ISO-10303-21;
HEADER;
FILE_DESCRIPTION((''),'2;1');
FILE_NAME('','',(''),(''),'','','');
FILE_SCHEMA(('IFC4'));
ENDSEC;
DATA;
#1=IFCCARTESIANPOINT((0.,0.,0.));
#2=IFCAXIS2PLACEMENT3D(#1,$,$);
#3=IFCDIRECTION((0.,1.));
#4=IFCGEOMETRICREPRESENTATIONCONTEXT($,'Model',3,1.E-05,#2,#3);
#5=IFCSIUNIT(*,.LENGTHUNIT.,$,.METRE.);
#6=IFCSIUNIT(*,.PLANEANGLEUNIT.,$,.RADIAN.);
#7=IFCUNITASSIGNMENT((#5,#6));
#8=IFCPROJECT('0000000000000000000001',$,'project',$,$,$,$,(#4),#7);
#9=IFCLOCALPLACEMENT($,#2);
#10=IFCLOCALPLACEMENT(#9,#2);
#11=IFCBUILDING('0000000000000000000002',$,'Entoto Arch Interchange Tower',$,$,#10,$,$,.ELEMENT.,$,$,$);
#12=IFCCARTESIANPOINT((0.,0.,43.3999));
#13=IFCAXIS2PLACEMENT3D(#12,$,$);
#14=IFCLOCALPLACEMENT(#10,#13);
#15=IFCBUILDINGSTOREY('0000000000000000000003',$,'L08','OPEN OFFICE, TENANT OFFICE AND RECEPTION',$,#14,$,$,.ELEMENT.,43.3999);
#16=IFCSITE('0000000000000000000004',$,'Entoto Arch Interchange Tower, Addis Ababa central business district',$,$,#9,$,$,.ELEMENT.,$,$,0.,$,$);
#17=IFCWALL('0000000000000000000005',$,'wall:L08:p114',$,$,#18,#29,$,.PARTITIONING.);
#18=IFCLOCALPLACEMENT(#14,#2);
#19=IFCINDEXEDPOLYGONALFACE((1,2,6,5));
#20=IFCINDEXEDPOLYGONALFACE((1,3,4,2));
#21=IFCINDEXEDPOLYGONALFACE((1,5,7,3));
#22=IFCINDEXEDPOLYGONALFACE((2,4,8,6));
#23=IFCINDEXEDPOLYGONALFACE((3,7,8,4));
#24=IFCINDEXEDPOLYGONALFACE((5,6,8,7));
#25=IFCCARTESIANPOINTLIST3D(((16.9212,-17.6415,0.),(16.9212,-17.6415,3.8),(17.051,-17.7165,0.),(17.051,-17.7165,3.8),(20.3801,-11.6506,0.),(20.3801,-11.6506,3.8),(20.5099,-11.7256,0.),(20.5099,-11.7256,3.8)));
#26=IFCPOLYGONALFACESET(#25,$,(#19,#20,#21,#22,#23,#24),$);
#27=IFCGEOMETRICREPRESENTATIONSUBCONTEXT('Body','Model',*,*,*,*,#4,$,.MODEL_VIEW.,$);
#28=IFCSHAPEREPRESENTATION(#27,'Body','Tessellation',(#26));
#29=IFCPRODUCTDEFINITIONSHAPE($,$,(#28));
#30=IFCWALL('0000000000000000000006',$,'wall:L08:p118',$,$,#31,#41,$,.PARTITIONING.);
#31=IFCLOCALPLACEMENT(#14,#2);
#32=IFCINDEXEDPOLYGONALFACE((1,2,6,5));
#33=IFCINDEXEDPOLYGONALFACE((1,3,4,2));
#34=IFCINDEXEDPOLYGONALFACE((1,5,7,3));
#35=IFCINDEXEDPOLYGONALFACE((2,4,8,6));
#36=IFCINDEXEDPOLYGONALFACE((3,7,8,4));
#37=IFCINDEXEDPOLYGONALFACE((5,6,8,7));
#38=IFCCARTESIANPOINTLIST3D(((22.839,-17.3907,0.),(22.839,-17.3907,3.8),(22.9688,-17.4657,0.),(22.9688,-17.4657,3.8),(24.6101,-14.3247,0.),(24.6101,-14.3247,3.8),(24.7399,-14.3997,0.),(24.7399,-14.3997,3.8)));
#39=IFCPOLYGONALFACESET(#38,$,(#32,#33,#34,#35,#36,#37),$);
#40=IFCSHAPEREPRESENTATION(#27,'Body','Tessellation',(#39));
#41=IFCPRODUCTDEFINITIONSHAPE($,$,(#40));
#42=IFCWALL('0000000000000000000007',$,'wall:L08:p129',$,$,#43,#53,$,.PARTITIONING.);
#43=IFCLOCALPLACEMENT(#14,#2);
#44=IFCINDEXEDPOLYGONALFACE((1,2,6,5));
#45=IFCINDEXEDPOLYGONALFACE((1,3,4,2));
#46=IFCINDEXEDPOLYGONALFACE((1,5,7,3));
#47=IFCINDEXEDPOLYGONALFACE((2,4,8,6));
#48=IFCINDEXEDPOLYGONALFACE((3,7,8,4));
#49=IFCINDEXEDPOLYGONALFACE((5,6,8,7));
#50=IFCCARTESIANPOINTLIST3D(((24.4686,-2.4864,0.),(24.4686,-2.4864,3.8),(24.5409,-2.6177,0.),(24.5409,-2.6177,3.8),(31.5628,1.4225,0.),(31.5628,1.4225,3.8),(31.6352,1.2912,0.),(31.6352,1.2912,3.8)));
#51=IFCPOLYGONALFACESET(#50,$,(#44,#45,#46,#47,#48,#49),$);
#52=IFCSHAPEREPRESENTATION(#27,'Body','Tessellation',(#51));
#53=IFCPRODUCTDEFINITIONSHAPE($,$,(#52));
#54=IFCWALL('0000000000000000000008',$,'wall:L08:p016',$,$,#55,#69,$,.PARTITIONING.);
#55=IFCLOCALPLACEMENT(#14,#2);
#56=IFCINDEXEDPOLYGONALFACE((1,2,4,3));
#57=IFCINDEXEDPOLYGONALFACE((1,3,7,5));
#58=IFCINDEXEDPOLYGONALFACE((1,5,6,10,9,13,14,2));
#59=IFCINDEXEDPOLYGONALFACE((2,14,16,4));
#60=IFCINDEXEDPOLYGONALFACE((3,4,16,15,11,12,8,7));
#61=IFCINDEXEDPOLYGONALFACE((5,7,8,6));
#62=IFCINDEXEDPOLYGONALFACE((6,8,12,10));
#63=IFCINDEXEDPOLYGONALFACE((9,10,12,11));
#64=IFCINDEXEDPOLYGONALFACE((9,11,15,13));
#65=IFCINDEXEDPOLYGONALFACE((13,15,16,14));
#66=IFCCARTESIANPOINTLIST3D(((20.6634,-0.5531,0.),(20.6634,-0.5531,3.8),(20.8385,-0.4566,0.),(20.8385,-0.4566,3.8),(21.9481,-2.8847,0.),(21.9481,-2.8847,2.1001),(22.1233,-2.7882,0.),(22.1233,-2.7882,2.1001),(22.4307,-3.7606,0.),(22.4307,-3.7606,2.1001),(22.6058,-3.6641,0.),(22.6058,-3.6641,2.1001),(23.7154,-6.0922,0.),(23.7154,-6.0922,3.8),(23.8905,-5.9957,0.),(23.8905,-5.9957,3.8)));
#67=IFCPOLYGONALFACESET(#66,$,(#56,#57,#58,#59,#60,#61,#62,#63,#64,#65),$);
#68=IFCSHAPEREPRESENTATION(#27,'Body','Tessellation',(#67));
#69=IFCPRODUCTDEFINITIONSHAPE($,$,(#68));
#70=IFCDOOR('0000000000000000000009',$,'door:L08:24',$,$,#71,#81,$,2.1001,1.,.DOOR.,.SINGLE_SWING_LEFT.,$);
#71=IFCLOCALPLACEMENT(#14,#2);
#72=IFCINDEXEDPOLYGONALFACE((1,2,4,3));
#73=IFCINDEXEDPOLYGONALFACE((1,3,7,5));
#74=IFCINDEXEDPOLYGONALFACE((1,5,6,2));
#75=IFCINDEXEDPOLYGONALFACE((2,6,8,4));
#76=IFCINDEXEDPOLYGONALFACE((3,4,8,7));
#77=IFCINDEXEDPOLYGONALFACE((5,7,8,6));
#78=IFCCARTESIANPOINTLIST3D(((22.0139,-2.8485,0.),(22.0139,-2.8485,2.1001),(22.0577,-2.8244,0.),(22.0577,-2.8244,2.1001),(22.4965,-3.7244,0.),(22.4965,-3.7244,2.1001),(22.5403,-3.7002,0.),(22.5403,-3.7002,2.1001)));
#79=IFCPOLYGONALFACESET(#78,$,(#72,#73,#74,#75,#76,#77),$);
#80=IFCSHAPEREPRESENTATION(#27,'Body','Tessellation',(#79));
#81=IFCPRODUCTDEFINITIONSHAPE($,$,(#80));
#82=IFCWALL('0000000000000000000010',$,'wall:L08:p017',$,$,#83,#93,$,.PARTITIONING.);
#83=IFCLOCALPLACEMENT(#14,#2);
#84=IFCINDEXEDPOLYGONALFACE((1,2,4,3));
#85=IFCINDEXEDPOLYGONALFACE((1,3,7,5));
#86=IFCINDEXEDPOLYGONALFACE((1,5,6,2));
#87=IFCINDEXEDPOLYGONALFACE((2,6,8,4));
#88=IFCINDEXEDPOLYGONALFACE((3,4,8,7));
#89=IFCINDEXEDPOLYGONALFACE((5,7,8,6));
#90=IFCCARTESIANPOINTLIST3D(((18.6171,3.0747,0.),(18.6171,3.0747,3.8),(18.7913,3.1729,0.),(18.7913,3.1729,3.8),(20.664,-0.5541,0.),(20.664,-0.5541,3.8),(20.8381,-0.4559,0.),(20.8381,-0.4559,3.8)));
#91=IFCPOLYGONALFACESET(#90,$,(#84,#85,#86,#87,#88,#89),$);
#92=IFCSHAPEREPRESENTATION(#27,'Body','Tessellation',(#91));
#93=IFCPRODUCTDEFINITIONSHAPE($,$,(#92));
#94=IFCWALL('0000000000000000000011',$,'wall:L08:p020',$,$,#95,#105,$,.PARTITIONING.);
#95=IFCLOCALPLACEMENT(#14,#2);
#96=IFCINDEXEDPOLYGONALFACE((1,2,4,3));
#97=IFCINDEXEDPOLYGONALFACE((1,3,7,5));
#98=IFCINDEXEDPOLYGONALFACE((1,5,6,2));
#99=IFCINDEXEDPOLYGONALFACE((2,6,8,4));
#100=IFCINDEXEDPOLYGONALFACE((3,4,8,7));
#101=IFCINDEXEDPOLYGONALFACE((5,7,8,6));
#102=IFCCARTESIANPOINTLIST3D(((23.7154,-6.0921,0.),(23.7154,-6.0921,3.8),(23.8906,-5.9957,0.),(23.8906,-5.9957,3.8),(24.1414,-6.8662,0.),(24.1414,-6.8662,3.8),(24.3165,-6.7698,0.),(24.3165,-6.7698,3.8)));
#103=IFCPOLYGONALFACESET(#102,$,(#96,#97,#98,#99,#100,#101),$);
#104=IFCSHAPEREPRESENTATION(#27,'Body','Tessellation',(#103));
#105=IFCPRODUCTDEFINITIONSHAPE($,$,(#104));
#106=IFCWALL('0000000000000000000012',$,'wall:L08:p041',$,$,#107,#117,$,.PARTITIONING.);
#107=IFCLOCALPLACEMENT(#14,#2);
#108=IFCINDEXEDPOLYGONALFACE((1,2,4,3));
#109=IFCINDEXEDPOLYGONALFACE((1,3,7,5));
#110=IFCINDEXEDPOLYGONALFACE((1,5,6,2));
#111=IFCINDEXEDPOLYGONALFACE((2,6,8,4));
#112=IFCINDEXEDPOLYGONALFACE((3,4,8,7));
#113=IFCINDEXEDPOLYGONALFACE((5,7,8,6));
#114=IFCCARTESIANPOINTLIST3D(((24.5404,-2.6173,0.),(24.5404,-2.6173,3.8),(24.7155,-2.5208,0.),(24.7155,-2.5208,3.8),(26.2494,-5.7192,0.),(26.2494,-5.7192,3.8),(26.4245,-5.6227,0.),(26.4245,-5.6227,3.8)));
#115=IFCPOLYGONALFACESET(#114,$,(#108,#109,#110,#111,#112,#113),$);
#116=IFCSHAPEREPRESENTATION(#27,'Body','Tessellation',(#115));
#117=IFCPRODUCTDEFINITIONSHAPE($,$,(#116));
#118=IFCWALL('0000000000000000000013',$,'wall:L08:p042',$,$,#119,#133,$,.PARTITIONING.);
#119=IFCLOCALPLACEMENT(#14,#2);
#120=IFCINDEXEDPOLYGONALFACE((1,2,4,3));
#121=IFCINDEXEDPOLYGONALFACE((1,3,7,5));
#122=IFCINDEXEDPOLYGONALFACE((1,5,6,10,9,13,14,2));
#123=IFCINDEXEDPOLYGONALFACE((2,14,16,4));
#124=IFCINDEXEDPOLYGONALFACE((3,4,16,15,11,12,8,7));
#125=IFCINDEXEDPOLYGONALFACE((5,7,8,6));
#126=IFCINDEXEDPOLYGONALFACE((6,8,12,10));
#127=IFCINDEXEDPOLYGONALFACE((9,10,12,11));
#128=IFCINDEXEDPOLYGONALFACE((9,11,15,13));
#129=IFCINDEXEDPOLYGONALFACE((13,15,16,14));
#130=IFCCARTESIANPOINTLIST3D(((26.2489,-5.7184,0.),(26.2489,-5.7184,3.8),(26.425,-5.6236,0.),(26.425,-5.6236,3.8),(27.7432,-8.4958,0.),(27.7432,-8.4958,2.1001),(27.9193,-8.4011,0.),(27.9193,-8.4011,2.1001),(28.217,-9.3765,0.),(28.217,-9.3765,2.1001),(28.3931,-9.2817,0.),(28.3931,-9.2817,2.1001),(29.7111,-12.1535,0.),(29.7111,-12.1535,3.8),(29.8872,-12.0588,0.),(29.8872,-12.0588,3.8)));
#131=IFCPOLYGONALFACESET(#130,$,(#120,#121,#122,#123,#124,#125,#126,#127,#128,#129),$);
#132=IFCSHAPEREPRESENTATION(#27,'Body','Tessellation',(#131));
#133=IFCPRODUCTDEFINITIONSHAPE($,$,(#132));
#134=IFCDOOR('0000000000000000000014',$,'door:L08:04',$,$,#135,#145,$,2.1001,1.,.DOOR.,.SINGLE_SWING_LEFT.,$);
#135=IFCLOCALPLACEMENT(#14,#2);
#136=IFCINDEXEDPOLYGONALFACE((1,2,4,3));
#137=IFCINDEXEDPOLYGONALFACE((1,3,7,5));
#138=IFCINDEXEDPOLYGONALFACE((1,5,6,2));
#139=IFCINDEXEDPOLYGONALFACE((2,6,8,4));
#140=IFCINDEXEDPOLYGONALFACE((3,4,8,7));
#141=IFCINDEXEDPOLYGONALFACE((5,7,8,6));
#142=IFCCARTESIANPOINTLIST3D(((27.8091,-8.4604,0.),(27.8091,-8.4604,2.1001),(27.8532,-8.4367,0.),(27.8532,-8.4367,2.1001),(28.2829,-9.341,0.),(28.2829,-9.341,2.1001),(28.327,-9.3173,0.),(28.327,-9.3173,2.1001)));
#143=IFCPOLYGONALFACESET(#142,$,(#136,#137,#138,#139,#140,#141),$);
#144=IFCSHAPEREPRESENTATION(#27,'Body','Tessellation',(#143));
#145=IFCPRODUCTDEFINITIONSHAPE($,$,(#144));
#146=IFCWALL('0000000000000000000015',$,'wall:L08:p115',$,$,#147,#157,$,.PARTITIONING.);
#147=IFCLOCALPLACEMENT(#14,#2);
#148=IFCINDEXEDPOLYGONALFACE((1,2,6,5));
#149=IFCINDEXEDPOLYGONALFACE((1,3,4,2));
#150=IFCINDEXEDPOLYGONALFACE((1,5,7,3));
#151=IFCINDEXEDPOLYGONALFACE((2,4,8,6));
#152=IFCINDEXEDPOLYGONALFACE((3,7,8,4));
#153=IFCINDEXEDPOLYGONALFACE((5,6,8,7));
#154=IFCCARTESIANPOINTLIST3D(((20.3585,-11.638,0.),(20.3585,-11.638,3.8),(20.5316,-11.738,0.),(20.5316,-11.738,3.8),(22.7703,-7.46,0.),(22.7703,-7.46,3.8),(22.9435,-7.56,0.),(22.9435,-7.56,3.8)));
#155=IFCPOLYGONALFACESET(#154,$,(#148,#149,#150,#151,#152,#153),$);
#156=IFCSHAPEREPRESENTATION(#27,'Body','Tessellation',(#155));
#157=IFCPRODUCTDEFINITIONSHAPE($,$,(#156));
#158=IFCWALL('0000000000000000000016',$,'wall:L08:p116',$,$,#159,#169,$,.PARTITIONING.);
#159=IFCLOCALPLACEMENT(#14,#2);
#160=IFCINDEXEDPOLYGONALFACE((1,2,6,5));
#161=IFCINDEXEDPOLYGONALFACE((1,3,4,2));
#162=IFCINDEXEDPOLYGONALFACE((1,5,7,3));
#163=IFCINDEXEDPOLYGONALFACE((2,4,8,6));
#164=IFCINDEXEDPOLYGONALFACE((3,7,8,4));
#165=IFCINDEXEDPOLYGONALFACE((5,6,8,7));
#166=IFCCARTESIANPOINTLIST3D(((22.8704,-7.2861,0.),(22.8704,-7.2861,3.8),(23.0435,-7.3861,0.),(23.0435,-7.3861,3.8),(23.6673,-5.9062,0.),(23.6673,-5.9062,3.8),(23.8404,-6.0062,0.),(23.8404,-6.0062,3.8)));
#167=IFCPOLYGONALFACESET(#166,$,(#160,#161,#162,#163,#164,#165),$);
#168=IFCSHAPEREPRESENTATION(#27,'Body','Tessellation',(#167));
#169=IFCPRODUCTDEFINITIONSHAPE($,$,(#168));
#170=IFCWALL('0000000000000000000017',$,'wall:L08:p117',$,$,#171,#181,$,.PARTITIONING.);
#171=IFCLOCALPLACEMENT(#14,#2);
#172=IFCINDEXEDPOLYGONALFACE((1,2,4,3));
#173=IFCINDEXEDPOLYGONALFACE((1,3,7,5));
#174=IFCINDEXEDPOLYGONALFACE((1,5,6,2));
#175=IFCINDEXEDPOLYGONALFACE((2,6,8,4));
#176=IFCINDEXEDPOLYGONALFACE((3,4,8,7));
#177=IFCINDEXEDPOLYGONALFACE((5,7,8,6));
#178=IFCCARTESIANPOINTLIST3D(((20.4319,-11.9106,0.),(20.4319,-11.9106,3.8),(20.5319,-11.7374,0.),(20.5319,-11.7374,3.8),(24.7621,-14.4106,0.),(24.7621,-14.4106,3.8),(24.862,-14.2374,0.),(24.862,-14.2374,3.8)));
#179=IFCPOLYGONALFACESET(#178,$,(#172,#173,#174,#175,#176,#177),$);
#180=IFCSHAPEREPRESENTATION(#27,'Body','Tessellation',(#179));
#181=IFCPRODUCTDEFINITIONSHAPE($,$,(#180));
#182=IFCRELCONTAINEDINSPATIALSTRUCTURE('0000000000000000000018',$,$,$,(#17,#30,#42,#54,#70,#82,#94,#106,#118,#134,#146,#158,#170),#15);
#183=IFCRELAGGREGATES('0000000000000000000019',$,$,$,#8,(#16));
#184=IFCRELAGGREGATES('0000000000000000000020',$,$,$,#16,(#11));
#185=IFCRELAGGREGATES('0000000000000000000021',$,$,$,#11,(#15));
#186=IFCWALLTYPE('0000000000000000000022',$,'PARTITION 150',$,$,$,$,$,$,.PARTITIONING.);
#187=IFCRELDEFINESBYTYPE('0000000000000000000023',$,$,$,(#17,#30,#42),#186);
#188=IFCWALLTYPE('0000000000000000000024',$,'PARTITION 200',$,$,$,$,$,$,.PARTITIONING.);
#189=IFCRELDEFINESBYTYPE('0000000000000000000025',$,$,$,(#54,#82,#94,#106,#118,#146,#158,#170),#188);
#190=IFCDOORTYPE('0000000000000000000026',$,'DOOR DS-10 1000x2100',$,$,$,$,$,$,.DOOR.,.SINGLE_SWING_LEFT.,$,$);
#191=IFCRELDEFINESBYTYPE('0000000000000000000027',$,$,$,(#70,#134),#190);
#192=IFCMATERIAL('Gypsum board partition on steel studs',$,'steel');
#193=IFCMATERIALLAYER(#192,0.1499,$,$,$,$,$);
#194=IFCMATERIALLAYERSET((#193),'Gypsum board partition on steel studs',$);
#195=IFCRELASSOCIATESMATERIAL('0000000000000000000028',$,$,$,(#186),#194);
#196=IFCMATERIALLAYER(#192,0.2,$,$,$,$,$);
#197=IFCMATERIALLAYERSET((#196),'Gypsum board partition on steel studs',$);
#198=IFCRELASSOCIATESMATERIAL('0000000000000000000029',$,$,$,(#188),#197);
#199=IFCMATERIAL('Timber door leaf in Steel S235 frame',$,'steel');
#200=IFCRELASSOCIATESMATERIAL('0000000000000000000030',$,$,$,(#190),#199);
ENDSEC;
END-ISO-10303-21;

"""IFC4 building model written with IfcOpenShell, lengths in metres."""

from ifc_helpers import new_model, si_unit, direction, frame, frame_2d, origin, place, context, subcontext, project, spatial, rectangle, extrude, material, layer, layer_set, type_object, element, fill, save


model = new_model("IFC4")

# Units and contexts
model_context = context("Model", 3, precision=1e-05, world=origin(), true_north=direction((0.0, 1.0)))
body_context = subcontext(model_context, "Body", "Model", "MODEL_VIEW")
ifc_project = project(units=[si_unit("LENGTHUNIT", "METRE"), si_unit("PLANEANGLEUNIT", "RADIAN")], contexts=[model_context])

# Site, building, storey
site_placement = place(None, origin())
site = spatial("IfcSite", under=ifc_project, at=site_placement, Name="Entoto Arch Interchange Tower, Addis Ababa central business district", CompositionType="ELEMENT", RefElevation=0.0)
building_placement = place(site_placement, origin())
building = spatial("IfcBuilding", under=site, at=building_placement, Name="Entoto Arch Interchange Tower", CompositionType="ELEMENT")
storey_placement = place(building_placement, frame((0.0, 0.0, 43.3999)))
storey = spatial("IfcBuildingStorey", under=building, at=storey_placement, Name="L08", Description="OPEN OFFICE, TENANT OFFICE AND RECEPTION", CompositionType="ELEMENT", Elevation=43.3999)

# Walls
ifc_material_1 = material(Name="Gypsum board partition on steel studs", Category="steel")
ifc_layer_1 = layer(ifc_material_1, 0.1499)
ifc_layer_set_1 = layer_set([ifc_layer_1], Name="Gypsum board partition on steel studs")
wall_type_1 = type_object("IfcWallType", Name="PARTITION 150", PredefinedType="PARTITIONING", material=ifc_layer_set_1)
wall_1_placement = place(storey_placement, frame((20.4451, -11.688, 0.0), z_axis=(0.0, 0.0, 1.0), x_axis=(-0.500011, -0.866019, 0.0)))
element("IfcWall", 1, at=wall_1_placement, inside=storey, type_object=wall_type_1, Name="wall:L08:p114", PredefinedType="PARTITIONING", context=body_context, shape_type="SweptSolid", body=[
    extrude(rectangle(XDim=6.9177, YDim=0.1499, at=frame_2d((3.459, 0.0))), origin(), (0.0, 0.0, 1.0), 3.8),
])
wall_2_placement = place(storey_placement, frame((24.675, -14.3621, 0.0), z_axis=(0.0, 0.0, 1.0), x_axis=(-0.500188, -0.865917, 0.0)))
element("IfcWall", 2, at=wall_2_placement, inside=storey, type_object=wall_type_1, Name="wall:L08:p118", PredefinedType="PARTITIONING", context=body_context, shape_type="SweptSolid", body=[
    extrude(rectangle(XDim=3.5408, YDim=0.1499, at=frame_2d((1.7705, 0.0))), origin(), (0.0, 0.0, 1.0), 3.8),
])
wall_3_placement = place(storey_placement, frame((24.5049, -2.552, 0.0), z_axis=(0.0, 0.0, 1.0), x_axis=(0.875845, 0.482592, 0.0)))
element("IfcWall", 3, at=wall_3_placement, inside=storey, type_object=wall_type_1, Name="wall:L08:p129", PredefinedType="PARTITIONING", context=body_context, shape_type="SweptSolid", body=[
    extrude(rectangle(XDim=8.0999, YDim=0.1499, at=frame_2d((4.0498, 0.0))), origin(), (0.0, 0.0, 1.0), 3.8),
])

# Wall, opening, door
ifc_layer_2 = layer(ifc_material_1, 0.2)
ifc_layer_set_2 = layer_set([ifc_layer_2], Name="Gypsum board partition on steel studs")
wall_type_2 = type_object("IfcWallType", Name="PARTITION 200", PredefinedType="PARTITIONING", material=ifc_layer_set_2)
wall_4_placement = place(storey_placement, frame((23.803, -6.0439, 0.0), z_axis=(0.0, 0.0, 1.0), x_axis=(-0.482588, 0.875847, 0.0)))
wall_4 = element("IfcWall", 4, at=wall_4_placement, inside=storey, type_object=wall_type_2, Name="wall:L08:p016", PredefinedType="PARTITIONING", context=body_context, shape_type="SweptSolid", body=[
    extrude(rectangle(XDim=6.3242, YDim=0.2, at=frame_2d((3.1621, 0.0))), origin(), (0.0, 0.0, 1.0), 3.8),
])
opening_1_placement = place(wall_4_placement, frame((2.6621, 0.0, 0.0)))
opening_1 = element("IfcOpeningElement", 5, at=opening_1_placement, cuts=wall_4, PredefinedType="OPENING", context=body_context, shape_type="SweptSolid", body=[
    extrude(rectangle(XDim=1.0, YDim=2.1001, at=frame_2d((0.5, 1.05))), frame((0.0, 0.1099, 0.0), z_axis=(0.0, -1.0, 0.0), x_axis=(1.0, 0.0, 0.0)), (0.0, 0.0, 1.0), 0.22),
])
ifc_material_2 = material(Name="Timber door leaf in Steel S235 frame", Category="steel")
door_type = type_object("IfcDoorType", Name="DOOR DS-10 1000x2100", OperationType="SINGLE_SWING_LEFT", PredefinedType="DOOR", material=ifc_material_2)
door_1_placement = place(opening_1_placement, origin())
door_1 = element("IfcDoor", 6, at=door_1_placement, inside=storey, type_object=door_type, Name="door:L08:24", OperationType="SINGLE_SWING_LEFT", OverallHeight=2.1001, OverallWidth=1.0, PredefinedType="DOOR", context=body_context, shape_type="SweptSolid", body=[
    extrude(rectangle(XDim=1.0, YDim=2.1001, at=frame_2d((0.5, 1.05))), frame((0.0, 0.0249, 0.0), z_axis=(0.0, -1.0, 0.0), x_axis=(1.0, 0.0, 0.0)), (0.0, 0.0, 1.0), 0.05),
])
fill(opening_1, door_1)

# Walls
wall_5_placement = place(storey_placement, frame((20.751, -0.5049, 0.0), z_axis=(0.0, 0.0, 1.0), x_axis=(-0.491285, 0.870999, 0.0)))
element("IfcWall", 7, at=wall_5_placement, inside=storey, type_object=wall_type_2, Name="wall:L08:p017", PredefinedType="PARTITIONING", context=body_context, shape_type="SweptSolid", body=[
    extrude(rectangle(XDim=4.1663, YDim=0.2, at=frame_2d((2.083, 0.0))), origin(), (0.0, 0.0, 1.0), 3.8),
])
wall_6_placement = place(storey_placement, frame((24.229, -6.8181, 0.0), z_axis=(0.0, 0.0, 1.0), x_axis=(-0.48212, 0.876105, 0.0)))
element("IfcWall", 8, at=wall_6_placement, inside=storey, type_object=wall_type_2, Name="wall:L08:p020", PredefinedType="PARTITIONING", context=body_context, shape_type="SweptSolid", body=[
    extrude(rectangle(XDim=0.8835, YDim=0.2, at=frame_2d((0.4419, 0.0))), origin(), (0.0, 0.0, 1.0), 3.8),
])
wall_7_placement = place(storey_placement, frame((24.6279, -2.5691, 0.0), z_axis=(0.0, 0.0, 1.0), x_axis=(0.482567, -0.875859, 0.0)))
element("IfcWall", 9, at=wall_7_placement, inside=storey, type_object=wall_type_2, Name="wall:L08:p041", PredefinedType="PARTITIONING", context=body_context, shape_type="SweptSolid", body=[
    extrude(rectangle(XDim=3.5415, YDim=0.2, at=frame_2d((1.7708, 0.0))), origin(), (0.0, 0.0, 1.0), 3.8),
])

# Wall, opening, door
wall_8_placement = place(storey_placement, frame((26.3369, -5.6709, 0.0), z_axis=(0.0, 0.0, 1.0), x_axis=(0.473795, -0.880635, 0.0)))
wall_8 = element("IfcWall", 10, at=wall_8_placement, inside=storey, type_object=wall_type_2, Name="wall:L08:p042", PredefinedType="PARTITIONING", context=body_context, shape_type="SweptSolid", body=[
    extrude(rectangle(XDim=7.3074, YDim=0.2, at=frame_2d((3.6538, 0.0))), origin(), (0.0, 0.0, 1.0), 3.8),
])
opening_2_placement = place(wall_8_placement, frame((3.1541, 0.0, 0.0)))
opening_2 = element("IfcOpeningElement", 11, at=opening_2_placement, cuts=wall_8, PredefinedType="OPENING", context=body_context, shape_type="SweptSolid", body=[
    extrude(rectangle(XDim=1.0, YDim=2.1001, at=frame_2d((0.5, 1.05))), frame((0.0, 0.1099, 0.0), z_axis=(0.0, -1.0, 0.0), x_axis=(1.0, 0.0, 0.0)), (0.0, 0.0, 1.0), 0.22),
])
door_2_placement = place(opening_2_placement, origin())
door_2 = element("IfcDoor", 12, at=door_2_placement, inside=storey, type_object=door_type, Name="door:L08:04", OperationType="SINGLE_SWING_LEFT", OverallHeight=2.1001, OverallWidth=1.0, PredefinedType="DOOR", context=body_context, shape_type="SweptSolid", body=[
    extrude(rectangle(XDim=1.0, YDim=2.1001, at=frame_2d((0.5, 1.05))), frame((0.0, 0.0249, 0.0), z_axis=(0.0, -1.0, 0.0), x_axis=(1.0, 0.0, 0.0)), (0.0, 0.0, 1.0), 0.05),
])
fill(opening_2, door_2)

# Walls
wall_9_placement = place(storey_placement, frame((22.8569, -7.51, 0.0), z_axis=(0.0, 0.0, 1.0), x_axis=(-0.499955, -0.866052, 0.0)))
element("IfcWall", 13, at=wall_9_placement, inside=storey, type_object=wall_type_2, Name="wall:L08:p115", PredefinedType="PARTITIONING", context=body_context, shape_type="SweptSolid", body=[
    extrude(rectangle(XDim=4.8242, YDim=0.2, at=frame_2d((2.4121, 0.0))), origin(), (0.0, 0.0, 1.0), 3.8),
])
wall_10_placement = place(storey_placement, frame((23.7539, -5.9561, 0.0), z_axis=(0.0, 0.0, 1.0), x_axis=(-0.500094, -0.865971, 0.0)))
element("IfcWall", 14, at=wall_10_placement, inside=storey, type_object=wall_type_2, Name="wall:L08:p116", PredefinedType="PARTITIONING", context=body_context, shape_type="SweptSolid", body=[
    extrude(rectangle(XDim=1.5935, YDim=0.2, at=frame_2d((0.7969, 0.0))), origin(), (0.0, 0.0, 1.0), 3.8),
])
wall_11_placement = place(storey_placement, frame((20.4819, -11.824, 0.0), z_axis=(0.0, 0.0, 1.0), x_axis=(0.866023, -0.500004, 0.0)))
element("IfcWall", 15, at=wall_11_placement, inside=storey, type_object=wall_type_2, Name="wall:L08:p117", PredefinedType="PARTITIONING", context=body_context, shape_type="SweptSolid", body=[
    extrude(rectangle(XDim=5.0, YDim=0.2, at=frame_2d((2.5, 0.0))), origin(), (0.0, 0.0, 1.0), 3.8),
])

save(model, "model.ifc")
